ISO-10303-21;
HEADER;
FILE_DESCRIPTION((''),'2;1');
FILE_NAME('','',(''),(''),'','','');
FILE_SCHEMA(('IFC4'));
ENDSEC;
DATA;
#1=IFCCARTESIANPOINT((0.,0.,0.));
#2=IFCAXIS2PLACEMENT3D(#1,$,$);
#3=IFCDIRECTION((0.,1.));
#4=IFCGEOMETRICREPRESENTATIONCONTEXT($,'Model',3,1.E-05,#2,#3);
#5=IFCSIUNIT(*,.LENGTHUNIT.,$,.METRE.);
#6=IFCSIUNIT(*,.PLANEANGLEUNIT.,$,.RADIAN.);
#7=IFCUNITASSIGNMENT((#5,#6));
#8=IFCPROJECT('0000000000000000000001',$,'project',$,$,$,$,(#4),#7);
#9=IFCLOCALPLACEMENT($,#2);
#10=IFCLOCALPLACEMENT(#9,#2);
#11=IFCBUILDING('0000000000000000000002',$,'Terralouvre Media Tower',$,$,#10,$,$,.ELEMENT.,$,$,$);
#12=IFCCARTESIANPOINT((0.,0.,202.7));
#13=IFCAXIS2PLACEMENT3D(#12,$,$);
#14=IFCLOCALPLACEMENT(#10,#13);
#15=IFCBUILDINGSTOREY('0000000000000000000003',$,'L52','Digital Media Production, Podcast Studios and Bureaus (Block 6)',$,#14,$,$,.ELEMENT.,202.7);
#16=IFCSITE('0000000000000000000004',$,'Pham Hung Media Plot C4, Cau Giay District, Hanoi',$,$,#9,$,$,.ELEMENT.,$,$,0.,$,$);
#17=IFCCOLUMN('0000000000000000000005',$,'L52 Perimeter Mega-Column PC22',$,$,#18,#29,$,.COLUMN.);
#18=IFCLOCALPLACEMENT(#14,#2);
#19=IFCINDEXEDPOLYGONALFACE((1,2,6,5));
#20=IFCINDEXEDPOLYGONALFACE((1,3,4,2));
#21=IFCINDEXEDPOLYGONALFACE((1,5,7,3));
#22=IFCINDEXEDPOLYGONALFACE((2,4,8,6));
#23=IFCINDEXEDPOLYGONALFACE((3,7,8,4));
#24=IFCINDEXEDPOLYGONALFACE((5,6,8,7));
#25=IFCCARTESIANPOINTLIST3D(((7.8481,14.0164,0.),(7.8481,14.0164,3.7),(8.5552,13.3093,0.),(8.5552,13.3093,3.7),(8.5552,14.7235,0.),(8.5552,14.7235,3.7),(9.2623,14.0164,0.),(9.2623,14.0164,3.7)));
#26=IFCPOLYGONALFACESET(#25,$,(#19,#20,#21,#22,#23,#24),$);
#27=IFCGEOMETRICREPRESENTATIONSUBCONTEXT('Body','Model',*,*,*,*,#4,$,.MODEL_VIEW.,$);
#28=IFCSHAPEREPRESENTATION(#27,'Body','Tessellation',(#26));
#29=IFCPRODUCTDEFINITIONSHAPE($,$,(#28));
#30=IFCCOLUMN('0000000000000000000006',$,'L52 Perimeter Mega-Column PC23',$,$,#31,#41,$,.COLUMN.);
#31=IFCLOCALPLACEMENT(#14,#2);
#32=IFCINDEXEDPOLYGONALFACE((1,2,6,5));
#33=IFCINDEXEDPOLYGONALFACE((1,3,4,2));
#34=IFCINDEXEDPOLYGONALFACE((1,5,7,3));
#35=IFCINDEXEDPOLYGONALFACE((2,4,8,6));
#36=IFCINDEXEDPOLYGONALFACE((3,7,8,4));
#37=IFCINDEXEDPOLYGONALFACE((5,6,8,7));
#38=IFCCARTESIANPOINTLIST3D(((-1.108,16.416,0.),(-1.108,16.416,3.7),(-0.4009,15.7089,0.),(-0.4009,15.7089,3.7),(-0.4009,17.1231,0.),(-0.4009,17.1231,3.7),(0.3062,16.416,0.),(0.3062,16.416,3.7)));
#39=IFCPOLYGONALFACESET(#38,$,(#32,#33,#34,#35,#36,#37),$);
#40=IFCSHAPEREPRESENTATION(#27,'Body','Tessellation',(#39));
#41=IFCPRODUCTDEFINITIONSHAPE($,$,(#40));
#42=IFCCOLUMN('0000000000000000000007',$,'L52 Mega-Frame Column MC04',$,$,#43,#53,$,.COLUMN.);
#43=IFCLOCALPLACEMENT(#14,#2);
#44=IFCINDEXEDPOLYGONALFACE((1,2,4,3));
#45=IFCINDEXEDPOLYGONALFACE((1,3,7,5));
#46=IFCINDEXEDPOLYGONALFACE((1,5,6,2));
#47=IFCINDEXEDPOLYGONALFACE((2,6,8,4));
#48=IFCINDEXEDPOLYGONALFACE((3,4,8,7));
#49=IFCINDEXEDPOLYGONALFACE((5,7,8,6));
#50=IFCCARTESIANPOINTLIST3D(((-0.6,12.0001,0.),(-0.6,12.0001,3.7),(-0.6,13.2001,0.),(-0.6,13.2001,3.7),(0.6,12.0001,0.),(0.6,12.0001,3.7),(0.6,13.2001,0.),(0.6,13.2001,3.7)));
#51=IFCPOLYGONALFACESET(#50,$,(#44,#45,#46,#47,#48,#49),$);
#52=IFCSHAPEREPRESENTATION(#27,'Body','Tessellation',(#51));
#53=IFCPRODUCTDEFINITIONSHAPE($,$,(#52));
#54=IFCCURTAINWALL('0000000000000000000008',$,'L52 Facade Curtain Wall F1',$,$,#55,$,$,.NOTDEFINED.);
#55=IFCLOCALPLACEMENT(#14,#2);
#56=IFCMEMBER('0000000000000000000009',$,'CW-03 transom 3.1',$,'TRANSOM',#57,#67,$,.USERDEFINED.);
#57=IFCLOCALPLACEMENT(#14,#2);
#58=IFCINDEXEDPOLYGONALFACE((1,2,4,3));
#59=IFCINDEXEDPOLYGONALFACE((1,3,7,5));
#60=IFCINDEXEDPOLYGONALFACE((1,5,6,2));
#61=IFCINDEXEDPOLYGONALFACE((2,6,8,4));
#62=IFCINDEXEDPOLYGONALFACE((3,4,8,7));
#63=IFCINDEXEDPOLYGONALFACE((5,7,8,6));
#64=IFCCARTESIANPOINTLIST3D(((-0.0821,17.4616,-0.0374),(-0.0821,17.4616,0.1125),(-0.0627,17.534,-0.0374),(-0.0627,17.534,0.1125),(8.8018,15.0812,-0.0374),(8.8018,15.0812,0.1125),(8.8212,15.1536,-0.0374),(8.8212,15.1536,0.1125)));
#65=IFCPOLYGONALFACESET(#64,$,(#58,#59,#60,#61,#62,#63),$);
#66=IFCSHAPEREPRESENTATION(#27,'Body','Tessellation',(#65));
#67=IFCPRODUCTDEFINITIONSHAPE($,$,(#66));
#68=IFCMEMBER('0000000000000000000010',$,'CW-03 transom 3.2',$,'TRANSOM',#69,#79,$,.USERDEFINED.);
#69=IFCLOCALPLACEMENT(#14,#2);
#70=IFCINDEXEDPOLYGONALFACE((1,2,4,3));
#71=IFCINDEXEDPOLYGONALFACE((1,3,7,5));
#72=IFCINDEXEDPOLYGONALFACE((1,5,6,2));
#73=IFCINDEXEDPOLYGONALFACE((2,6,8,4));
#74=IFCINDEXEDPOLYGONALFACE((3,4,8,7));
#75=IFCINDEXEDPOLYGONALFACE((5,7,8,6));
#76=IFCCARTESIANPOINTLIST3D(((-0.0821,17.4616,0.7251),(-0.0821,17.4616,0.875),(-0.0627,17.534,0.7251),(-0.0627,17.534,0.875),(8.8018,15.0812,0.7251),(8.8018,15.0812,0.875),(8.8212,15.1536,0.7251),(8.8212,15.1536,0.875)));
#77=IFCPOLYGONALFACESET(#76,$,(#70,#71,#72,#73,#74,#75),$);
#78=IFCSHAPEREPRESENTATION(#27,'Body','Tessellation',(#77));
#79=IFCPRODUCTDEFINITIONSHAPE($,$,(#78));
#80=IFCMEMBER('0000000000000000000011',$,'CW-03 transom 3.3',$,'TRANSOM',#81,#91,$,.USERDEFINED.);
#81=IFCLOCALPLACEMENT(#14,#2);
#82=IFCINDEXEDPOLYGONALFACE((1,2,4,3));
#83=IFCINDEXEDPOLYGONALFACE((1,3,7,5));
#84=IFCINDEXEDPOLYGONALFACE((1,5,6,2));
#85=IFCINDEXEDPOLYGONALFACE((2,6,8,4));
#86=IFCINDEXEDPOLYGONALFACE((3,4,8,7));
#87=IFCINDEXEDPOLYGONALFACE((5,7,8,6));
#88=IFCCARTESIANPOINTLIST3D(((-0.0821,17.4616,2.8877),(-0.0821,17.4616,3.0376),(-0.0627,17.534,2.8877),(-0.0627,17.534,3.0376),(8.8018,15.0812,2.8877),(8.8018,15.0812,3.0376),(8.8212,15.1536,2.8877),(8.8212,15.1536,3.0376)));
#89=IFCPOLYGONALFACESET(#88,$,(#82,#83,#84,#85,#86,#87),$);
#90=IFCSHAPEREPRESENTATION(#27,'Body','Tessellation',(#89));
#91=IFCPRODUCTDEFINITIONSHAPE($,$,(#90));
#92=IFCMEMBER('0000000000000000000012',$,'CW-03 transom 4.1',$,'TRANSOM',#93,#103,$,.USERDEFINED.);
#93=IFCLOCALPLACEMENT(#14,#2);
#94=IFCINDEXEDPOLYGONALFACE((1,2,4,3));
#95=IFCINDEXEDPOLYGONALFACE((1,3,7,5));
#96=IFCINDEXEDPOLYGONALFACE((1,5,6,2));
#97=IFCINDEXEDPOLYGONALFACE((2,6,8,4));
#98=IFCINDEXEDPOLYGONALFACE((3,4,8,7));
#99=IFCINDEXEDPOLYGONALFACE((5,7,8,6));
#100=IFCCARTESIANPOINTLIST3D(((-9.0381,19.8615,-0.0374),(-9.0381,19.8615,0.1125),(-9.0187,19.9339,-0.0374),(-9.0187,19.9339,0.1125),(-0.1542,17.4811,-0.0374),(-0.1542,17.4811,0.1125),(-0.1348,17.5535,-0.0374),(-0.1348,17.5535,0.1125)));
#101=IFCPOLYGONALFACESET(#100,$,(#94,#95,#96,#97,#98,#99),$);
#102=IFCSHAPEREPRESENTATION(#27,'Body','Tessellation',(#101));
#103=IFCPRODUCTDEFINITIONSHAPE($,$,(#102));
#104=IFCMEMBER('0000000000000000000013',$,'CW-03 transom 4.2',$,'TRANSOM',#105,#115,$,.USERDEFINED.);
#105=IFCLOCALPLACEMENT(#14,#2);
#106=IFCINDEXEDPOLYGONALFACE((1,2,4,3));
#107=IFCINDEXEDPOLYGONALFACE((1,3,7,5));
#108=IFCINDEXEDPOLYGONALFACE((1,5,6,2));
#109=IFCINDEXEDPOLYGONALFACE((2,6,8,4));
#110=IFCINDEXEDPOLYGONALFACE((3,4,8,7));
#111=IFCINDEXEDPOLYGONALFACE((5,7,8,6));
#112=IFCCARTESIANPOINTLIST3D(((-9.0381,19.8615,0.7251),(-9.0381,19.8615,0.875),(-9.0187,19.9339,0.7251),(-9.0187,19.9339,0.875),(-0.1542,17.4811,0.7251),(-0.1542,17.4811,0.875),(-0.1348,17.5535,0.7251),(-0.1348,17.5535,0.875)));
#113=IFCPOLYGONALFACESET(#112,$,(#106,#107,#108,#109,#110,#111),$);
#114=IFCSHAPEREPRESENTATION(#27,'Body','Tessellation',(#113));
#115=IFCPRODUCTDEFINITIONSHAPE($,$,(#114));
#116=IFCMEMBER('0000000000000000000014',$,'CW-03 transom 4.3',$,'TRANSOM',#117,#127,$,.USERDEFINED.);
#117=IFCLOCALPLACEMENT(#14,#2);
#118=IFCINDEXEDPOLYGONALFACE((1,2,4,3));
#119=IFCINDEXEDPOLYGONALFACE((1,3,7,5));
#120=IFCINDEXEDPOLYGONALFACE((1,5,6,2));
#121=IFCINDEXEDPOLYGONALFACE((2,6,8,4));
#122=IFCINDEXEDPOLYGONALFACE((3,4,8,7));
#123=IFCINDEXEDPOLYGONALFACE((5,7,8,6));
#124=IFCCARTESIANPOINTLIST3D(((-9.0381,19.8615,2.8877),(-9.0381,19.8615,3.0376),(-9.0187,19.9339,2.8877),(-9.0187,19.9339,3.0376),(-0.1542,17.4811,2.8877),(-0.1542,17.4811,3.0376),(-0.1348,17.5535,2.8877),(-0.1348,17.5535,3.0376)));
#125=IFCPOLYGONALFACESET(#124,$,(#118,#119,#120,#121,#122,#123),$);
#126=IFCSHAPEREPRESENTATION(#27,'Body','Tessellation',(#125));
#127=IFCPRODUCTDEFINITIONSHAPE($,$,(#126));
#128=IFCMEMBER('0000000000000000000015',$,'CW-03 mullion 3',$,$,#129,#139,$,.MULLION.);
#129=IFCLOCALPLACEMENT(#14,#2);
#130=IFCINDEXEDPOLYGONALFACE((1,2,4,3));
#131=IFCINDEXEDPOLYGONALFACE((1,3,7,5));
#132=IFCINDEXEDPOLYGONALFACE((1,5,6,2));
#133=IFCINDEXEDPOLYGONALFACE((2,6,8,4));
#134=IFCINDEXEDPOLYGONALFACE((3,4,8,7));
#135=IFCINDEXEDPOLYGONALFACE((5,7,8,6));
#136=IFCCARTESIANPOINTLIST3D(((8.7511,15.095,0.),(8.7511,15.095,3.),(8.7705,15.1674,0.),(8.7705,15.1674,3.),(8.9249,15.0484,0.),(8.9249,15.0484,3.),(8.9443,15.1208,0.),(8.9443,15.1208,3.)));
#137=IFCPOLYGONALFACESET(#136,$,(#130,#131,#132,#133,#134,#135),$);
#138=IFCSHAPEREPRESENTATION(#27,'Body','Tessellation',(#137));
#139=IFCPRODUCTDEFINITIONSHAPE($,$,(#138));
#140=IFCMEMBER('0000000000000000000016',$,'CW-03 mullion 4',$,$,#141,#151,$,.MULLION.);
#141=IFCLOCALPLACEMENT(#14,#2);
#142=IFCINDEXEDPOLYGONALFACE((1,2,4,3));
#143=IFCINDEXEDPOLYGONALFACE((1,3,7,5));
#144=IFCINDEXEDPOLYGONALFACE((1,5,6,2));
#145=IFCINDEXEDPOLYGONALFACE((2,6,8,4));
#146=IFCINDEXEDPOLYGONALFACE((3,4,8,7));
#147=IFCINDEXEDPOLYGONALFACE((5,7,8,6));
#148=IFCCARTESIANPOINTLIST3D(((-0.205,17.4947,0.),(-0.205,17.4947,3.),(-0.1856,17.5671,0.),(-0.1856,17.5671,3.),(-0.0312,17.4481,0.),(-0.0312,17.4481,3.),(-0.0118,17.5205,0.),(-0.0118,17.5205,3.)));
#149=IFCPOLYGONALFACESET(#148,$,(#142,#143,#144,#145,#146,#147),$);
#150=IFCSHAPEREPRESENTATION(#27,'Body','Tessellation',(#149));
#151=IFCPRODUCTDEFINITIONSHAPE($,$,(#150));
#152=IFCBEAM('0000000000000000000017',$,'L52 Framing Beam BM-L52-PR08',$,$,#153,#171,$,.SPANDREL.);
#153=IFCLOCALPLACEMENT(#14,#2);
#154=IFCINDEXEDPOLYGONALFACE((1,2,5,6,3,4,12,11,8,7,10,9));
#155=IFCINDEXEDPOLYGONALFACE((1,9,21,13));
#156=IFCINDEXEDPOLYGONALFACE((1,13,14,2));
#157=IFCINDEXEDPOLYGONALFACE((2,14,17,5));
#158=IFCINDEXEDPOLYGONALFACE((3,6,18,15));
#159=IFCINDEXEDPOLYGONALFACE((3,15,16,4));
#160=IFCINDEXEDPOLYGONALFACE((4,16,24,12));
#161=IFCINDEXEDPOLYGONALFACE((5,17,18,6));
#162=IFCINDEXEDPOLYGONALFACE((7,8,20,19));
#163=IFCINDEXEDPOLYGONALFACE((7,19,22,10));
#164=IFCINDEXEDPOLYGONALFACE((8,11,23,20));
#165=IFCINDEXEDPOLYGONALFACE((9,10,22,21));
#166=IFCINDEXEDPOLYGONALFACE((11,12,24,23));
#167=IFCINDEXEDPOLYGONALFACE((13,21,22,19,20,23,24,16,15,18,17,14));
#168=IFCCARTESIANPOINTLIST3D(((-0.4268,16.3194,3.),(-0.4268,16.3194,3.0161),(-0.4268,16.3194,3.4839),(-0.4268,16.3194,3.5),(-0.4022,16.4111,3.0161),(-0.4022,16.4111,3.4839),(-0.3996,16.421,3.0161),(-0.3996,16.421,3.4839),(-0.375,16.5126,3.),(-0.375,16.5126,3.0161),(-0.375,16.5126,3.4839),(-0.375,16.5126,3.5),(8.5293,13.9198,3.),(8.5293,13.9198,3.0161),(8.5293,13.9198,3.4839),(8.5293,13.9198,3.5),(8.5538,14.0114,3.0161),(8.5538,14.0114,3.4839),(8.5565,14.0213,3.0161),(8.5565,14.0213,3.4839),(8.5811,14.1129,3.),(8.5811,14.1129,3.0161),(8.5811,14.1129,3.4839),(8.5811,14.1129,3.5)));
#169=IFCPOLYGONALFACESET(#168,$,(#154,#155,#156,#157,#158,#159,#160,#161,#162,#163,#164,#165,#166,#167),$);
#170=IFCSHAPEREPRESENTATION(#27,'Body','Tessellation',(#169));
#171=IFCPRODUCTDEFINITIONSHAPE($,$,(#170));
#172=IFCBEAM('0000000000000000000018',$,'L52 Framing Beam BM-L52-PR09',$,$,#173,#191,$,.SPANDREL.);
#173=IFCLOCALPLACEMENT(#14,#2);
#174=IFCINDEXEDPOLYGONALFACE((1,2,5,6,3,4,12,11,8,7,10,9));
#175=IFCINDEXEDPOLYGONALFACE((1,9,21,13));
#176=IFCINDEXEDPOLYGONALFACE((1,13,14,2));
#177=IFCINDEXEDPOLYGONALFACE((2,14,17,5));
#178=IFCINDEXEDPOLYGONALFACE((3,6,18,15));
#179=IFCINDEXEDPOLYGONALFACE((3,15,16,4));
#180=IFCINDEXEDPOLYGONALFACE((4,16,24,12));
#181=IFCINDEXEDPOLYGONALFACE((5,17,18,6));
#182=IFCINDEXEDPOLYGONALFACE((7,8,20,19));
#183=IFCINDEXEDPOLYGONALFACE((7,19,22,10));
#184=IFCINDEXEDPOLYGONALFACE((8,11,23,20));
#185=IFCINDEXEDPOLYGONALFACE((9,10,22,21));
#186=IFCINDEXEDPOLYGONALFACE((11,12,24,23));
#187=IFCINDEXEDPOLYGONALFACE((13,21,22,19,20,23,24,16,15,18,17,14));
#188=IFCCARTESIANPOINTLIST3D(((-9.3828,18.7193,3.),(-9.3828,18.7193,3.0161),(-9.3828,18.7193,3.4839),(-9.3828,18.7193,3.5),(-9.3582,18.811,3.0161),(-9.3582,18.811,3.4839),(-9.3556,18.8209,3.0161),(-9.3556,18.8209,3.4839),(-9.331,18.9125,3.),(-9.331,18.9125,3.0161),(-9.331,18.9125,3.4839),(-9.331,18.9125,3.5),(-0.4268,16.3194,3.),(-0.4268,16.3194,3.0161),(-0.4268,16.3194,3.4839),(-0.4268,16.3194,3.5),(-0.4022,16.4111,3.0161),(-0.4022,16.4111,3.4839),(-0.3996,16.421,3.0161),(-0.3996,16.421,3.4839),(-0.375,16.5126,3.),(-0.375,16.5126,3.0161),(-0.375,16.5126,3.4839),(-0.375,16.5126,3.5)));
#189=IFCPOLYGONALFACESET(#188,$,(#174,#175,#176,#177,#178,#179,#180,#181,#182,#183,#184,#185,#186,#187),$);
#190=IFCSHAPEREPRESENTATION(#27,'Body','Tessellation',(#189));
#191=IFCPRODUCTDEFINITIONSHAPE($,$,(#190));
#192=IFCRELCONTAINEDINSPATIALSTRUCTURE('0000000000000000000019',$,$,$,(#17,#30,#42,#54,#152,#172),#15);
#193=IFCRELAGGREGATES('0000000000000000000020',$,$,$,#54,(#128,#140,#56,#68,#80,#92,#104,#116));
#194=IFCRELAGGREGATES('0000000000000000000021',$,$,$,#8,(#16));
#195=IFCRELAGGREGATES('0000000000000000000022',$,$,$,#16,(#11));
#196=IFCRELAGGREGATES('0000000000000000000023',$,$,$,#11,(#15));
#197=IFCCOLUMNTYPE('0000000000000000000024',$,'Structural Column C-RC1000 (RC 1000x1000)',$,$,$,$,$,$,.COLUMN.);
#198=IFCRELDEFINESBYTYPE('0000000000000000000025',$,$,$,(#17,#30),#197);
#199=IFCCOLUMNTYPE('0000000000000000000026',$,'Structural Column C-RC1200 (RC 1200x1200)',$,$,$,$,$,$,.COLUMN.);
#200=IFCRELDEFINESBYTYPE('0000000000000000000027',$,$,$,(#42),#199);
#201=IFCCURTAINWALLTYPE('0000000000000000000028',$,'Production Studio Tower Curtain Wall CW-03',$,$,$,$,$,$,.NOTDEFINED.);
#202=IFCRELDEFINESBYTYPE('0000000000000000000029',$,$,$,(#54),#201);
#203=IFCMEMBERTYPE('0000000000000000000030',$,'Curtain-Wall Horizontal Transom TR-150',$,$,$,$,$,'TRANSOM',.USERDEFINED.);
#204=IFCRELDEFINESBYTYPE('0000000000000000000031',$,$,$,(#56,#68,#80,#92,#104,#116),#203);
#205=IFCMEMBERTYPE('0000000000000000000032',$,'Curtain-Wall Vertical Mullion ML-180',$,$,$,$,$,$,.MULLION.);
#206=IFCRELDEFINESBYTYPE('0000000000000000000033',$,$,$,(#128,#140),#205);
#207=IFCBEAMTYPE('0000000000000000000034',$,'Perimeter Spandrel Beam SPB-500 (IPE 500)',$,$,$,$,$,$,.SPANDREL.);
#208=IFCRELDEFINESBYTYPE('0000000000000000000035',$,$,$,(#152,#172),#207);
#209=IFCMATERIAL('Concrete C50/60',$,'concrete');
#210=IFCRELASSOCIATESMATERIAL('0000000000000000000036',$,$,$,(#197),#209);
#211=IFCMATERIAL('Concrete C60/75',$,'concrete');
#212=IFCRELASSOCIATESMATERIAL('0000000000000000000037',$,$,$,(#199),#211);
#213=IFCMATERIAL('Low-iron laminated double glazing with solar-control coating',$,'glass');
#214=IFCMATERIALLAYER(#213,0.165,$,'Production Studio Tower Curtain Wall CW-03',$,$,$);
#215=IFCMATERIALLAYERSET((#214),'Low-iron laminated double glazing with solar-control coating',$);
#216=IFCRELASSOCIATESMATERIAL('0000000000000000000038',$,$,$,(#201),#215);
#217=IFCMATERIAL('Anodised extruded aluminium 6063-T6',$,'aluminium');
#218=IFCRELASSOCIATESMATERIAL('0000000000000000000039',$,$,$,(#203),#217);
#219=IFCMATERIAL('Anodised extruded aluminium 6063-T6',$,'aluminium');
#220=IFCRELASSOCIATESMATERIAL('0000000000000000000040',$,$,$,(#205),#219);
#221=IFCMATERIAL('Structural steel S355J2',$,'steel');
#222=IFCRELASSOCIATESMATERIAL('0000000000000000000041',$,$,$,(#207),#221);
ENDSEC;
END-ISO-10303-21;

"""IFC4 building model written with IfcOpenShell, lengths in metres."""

from ifc_helpers import new_model, si_unit, direction, frame, origin, origin_2d, place, context, subcontext, project, spatial, rectangle, i_section, extrude, material, layer, layer_set, material_profile, profile_set, type_object, element, aggregate, save


model = new_model("IFC4")

# Units and contexts
model_context = context("Model", 3, precision=1e-05, world=origin(), true_north=direction((0.0, 1.0)))
body_context = subcontext(model_context, "Body", "Model", "MODEL_VIEW")
ifc_project = project(units=[si_unit("LENGTHUNIT", "METRE"), si_unit("PLANEANGLEUNIT", "RADIAN")], contexts=[model_context])

# Site, building, storey
site_placement = place(None, origin())
site = spatial("IfcSite", under=ifc_project, at=site_placement, Name="Pham Hung Media Plot C4, Cau Giay District, Hanoi", CompositionType="ELEMENT", RefElevation=0.0)
building_placement = place(site_placement, origin())
building = spatial("IfcBuilding", under=site, at=building_placement, Name="Terralouvre Media Tower", CompositionType="ELEMENT")
storey_placement = place(building_placement, frame((0.0, 0.0, 202.7)))
storey = spatial("IfcBuildingStorey", under=building, at=storey_placement, Name="L52", Description="Digital Media Production, Podcast Studios and Bureaus (Block 6)", CompositionType="ELEMENT", Elevation=202.7)

# Columns
ifc_material_1 = material(Name="Concrete C50/60", Category="concrete")
ifc_material_profile_1 = material_profile(ifc_material_1, rectangle(XDim=1.0, YDim=1.0, at=origin_2d()), Name="RC 1000x1000")
ifc_profile_set_1 = profile_set([ifc_material_profile_1], Name="Concrete C50/60")
column_type_1 = type_object("IfcColumnType", Name="Structural Column C-RC1000 (RC 1000x1000)", PredefinedType="COLUMN", material=ifc_profile_set_1)
for number, where, z_axis, x_axis, name in (
    (1, (8.5552, 14.0164, 0.0), (0.0, 0.0, 1.0), (0.707107, 0.707107, 0.0), "L52 Perimeter Mega-Column PC22"),
    (2, (-0.4009, 16.416, 0.0), (0.0, 0.0, 1.0), (0.707107, 0.707107, 0.0), "L52 Perimeter Mega-Column PC23"),
):
    element("IfcColumn", number, at=place(storey_placement, frame(where, z_axis=z_axis, x_axis=x_axis)), inside=storey, type_object=column_type_1, Name=name, PredefinedType="COLUMN", context=body_context, shape_type="SweptSolid", body=[
        extrude(rectangle(XDim=1.0, YDim=1.0, at=origin_2d()), origin(), (0.0, 0.0, 1.0), 3.7),
    ])
ifc_material_2 = material(Name="Concrete C60/75", Category="concrete")
ifc_material_profile_2 = material_profile(ifc_material_2, rectangle(XDim=1.2, YDim=1.2, at=origin_2d()), Name="RC 1200x1200")
ifc_profile_set_2 = profile_set([ifc_material_profile_2], Name="Concrete C60/75")
column_type_2 = type_object("IfcColumnType", Name="Structural Column C-RC1200 (RC 1200x1200)", PredefinedType="COLUMN", material=ifc_profile_set_2)
column_placement = place(storey_placement, frame((0.0, 12.6001, 0.0), z_axis=(0.0, 0.0, 1.0), x_axis=(1.0, 0.0, 0.0)))
element("IfcColumn", 3, at=column_placement, inside=storey, type_object=column_type_2, Name="L52 Mega-Frame Column MC04", PredefinedType="COLUMN", context=body_context, shape_type="SweptSolid", body=[
    extrude(rectangle(XDim=1.2, YDim=1.2, at=origin_2d()), origin(), (0.0, 0.0, 1.0), 3.7),
])

# Curtain wall, members
ifc_material_3 = material(Name="Low-iron laminated double glazing with solar-control coating", Category="glass")
ifc_layer_1 = layer(ifc_material_3, 0.165, Name="Production Studio Tower Curtain Wall CW-03")
ifc_layer_set_1 = layer_set([ifc_layer_1], Name="Low-iron laminated double glazing with solar-control coating")
curtain_wall_type = type_object("IfcCurtainWallType", Name="Production Studio Tower Curtain Wall CW-03", PredefinedType="NOTDEFINED", material=ifc_layer_set_1)
curtain_wall_placement = place(storey_placement, origin())
curtain_wall = element("IfcCurtainWall", 4, at=curtain_wall_placement, inside=storey, type_object=curtain_wall_type, Name="L52 Facade Curtain Wall F1", PredefinedType="NOTDEFINED")
ifc_material_4 = material(Name="Anodised extruded aluminium 6063-T6", Category="aluminium")
ifc_material_profile_3 = material_profile(ifc_material_4, rectangle(XDim=0.075, YDim=0.1499, at=origin_2d()), Name="ALU 75x150")
ifc_profile_set_3 = profile_set([ifc_material_profile_3], Name="Anodised extruded aluminium 6063-T6")
member_type_1 = type_object("IfcMemberType", Name="Curtain-Wall Horizontal Transom TR-150", ElementType="TRANSOM", PredefinedType="USERDEFINED", material=ifc_profile_set_3)
member_1_placement = place(storey_placement, frame((8.8115, 15.1174, 0.0376), z_axis=(-0.965927, 0.258816, 0.0), x_axis=(-0.258816, -0.965927, 0.0)))
member_1 = element("IfcMember", 5, at=member_1_placement, type_object=member_type_1, Name="CW-03 transom 3.1", ObjectType="TRANSOM", PredefinedType="USERDEFINED", context=body_context, shape_type="SweptSolid", body=[
    extrude(rectangle(XDim=0.075, YDim=0.1499, at=origin_2d()), origin(), (0.0, 0.0, 1.0), 9.1973),
])
member_2_placement = place(storey_placement, frame((8.8115, 15.1174, 0.8), z_axis=(-0.965927, 0.258816, 0.0), x_axis=(-0.258816, -0.965927, 0.0)))
member_2 = element("IfcMember", 6, at=member_2_placement, type_object=member_type_1, Name="CW-03 transom 3.2", ObjectType="TRANSOM", PredefinedType="USERDEFINED", context=body_context, shape_type="SweptSolid", body=[
    extrude(rectangle(XDim=0.075, YDim=0.1499, at=origin_2d()), origin(), (0.0, 0.0, 1.0), 9.1973),
])
member_3_placement = place(storey_placement, frame((8.8115, 15.1174, 2.9626), z_axis=(-0.965927, 0.258816, 0.0), x_axis=(-0.258816, -0.965927, 0.0)))
member_3 = element("IfcMember", 7, at=member_3_placement, type_object=member_type_1, Name="CW-03 transom 3.3", ObjectType="TRANSOM", PredefinedType="USERDEFINED", context=body_context, shape_type="SweptSolid", body=[
    extrude(rectangle(XDim=0.075, YDim=0.1499, at=origin_2d()), origin(), (0.0, 0.0, 1.0), 9.1973),
])
member_4_placement = place(storey_placement, frame((-0.1445, 17.5173, 0.0376), z_axis=(-0.965927, 0.258816, 0.0), x_axis=(-0.258816, -0.965927, 0.0)))
member_4 = element("IfcMember", 8, at=member_4_placement, type_object=member_type_1, Name="CW-03 transom 4.1", ObjectType="TRANSOM", PredefinedType="USERDEFINED", context=body_context, shape_type="SweptSolid", body=[
    extrude(rectangle(XDim=0.075, YDim=0.1499, at=origin_2d()), origin(), (0.0, 0.0, 1.0), 9.1973),
])
member_5_placement = place(storey_placement, frame((-0.1445, 17.5173, 0.8), z_axis=(-0.965927, 0.258816, 0.0), x_axis=(-0.258816, -0.965927, 0.0)))
member_5 = element("IfcMember", 9, at=member_5_placement, type_object=member_type_1, Name="CW-03 transom 4.2", ObjectType="TRANSOM", PredefinedType="USERDEFINED", context=body_context, shape_type="SweptSolid", body=[
    extrude(rectangle(XDim=0.075, YDim=0.1499, at=origin_2d()), origin(), (0.0, 0.0, 1.0), 9.1973),
])
member_6_placement = place(storey_placement, frame((-0.1445, 17.5173, 2.9626), z_axis=(-0.965927, 0.258816, 0.0), x_axis=(-0.258816, -0.965927, 0.0)))
member_6 = element("IfcMember", 10, at=member_6_placement, type_object=member_type_1, Name="CW-03 transom 4.3", ObjectType="TRANSOM", PredefinedType="USERDEFINED", context=body_context, shape_type="SweptSolid", body=[
    extrude(rectangle(XDim=0.075, YDim=0.1499, at=origin_2d()), origin(), (0.0, 0.0, 1.0), 9.1973),
])
ifc_material_5 = material(Name="Anodised extruded aluminium 6063-T6", Category="aluminium")
ifc_material_profile_4 = material_profile(ifc_material_5, rectangle(XDim=0.075, YDim=0.1799, at=origin_2d()), Name="ALU 75x180")
ifc_profile_set_4 = profile_set([ifc_material_profile_4], Name="Anodised extruded aluminium 6063-T6")
member_type_2 = type_object("IfcMemberType", Name="Curtain-Wall Vertical Mullion ML-180", PredefinedType="MULLION", material=ifc_profile_set_4)
member_7_placement = place(storey_placement, frame((8.8477, 15.1079, 0.0), z_axis=(0.0, 0.0, 1.0), x_axis=(-0.258819, -0.965926, 0.0)))
member_7 = element("IfcMember", 11, at=member_7_placement, type_object=member_type_2, Name="CW-03 mullion 3", PredefinedType="MULLION", context=body_context, shape_type="SweptSolid", body=[
    extrude(rectangle(XDim=0.075, YDim=0.1799, at=origin_2d()), origin(), (0.0, 0.0, 1.0), 3.0),
])
member_8_placement = place(storey_placement, frame((-0.1084, 17.5076, 0.0), z_axis=(0.0, 0.0, 1.0), x_axis=(-0.258819, -0.965926, 0.0)))
member_8 = element("IfcMember", 12, at=member_8_placement, type_object=member_type_2, Name="CW-03 mullion 4", PredefinedType="MULLION", context=body_context, shape_type="SweptSolid", body=[
    extrude(rectangle(XDim=0.075, YDim=0.1799, at=origin_2d()), origin(), (0.0, 0.0, 1.0), 3.0),
])

# Beams
ifc_material_6 = material(Name="Structural steel S355J2", Category="steel")
ifc_material_profile_5 = material_profile(ifc_material_6, i_section(OverallWidth=0.2, OverallDepth=0.5, WebThickness=0.0103, FlangeThickness=0.0161, at=origin_2d()), Name="IPE 500")
ifc_profile_set_5 = profile_set([ifc_material_profile_5], Name="Structural steel S355J2")
beam_type_1 = type_object("IfcBeamType", Name="Perimeter Spandrel Beam SPB-500 (IPE 500)", PredefinedType="SPANDREL", material=ifc_profile_set_5)
for number, where, z_axis, x_axis, name in (
    (13, (8.5552, 14.0164, 3.25), (-0.965929, 0.258808, 0.0), (-0.258808, -0.965929, 0.0), "L52 Framing Beam BM-L52-PR08"),
    (14, (-0.4009, 16.416, 3.25), (-0.965922, 0.258833, 0.0), (-0.258833, -0.965922, 0.0), "L52 Framing Beam BM-L52-PR09"),
):
    element("IfcBeam", number, at=place(storey_placement, frame(where, z_axis=z_axis, x_axis=x_axis)), inside=storey, type_object=beam_type_1, Name=name, PredefinedType="SPANDREL", context=body_context, shape_type="SweptSolid", body=[
        extrude(i_section(OverallWidth=0.2, OverallDepth=0.5, WebThickness=0.0103, FlangeThickness=0.0161, at=origin_2d()), origin(), (0.0, 0.0, 1.0), 9.272),
    ])

aggregate(curtain_wall, [member_7, member_8, member_1, member_2, member_3, member_4, member_5, member_6])

save(model, "model.ifc")
